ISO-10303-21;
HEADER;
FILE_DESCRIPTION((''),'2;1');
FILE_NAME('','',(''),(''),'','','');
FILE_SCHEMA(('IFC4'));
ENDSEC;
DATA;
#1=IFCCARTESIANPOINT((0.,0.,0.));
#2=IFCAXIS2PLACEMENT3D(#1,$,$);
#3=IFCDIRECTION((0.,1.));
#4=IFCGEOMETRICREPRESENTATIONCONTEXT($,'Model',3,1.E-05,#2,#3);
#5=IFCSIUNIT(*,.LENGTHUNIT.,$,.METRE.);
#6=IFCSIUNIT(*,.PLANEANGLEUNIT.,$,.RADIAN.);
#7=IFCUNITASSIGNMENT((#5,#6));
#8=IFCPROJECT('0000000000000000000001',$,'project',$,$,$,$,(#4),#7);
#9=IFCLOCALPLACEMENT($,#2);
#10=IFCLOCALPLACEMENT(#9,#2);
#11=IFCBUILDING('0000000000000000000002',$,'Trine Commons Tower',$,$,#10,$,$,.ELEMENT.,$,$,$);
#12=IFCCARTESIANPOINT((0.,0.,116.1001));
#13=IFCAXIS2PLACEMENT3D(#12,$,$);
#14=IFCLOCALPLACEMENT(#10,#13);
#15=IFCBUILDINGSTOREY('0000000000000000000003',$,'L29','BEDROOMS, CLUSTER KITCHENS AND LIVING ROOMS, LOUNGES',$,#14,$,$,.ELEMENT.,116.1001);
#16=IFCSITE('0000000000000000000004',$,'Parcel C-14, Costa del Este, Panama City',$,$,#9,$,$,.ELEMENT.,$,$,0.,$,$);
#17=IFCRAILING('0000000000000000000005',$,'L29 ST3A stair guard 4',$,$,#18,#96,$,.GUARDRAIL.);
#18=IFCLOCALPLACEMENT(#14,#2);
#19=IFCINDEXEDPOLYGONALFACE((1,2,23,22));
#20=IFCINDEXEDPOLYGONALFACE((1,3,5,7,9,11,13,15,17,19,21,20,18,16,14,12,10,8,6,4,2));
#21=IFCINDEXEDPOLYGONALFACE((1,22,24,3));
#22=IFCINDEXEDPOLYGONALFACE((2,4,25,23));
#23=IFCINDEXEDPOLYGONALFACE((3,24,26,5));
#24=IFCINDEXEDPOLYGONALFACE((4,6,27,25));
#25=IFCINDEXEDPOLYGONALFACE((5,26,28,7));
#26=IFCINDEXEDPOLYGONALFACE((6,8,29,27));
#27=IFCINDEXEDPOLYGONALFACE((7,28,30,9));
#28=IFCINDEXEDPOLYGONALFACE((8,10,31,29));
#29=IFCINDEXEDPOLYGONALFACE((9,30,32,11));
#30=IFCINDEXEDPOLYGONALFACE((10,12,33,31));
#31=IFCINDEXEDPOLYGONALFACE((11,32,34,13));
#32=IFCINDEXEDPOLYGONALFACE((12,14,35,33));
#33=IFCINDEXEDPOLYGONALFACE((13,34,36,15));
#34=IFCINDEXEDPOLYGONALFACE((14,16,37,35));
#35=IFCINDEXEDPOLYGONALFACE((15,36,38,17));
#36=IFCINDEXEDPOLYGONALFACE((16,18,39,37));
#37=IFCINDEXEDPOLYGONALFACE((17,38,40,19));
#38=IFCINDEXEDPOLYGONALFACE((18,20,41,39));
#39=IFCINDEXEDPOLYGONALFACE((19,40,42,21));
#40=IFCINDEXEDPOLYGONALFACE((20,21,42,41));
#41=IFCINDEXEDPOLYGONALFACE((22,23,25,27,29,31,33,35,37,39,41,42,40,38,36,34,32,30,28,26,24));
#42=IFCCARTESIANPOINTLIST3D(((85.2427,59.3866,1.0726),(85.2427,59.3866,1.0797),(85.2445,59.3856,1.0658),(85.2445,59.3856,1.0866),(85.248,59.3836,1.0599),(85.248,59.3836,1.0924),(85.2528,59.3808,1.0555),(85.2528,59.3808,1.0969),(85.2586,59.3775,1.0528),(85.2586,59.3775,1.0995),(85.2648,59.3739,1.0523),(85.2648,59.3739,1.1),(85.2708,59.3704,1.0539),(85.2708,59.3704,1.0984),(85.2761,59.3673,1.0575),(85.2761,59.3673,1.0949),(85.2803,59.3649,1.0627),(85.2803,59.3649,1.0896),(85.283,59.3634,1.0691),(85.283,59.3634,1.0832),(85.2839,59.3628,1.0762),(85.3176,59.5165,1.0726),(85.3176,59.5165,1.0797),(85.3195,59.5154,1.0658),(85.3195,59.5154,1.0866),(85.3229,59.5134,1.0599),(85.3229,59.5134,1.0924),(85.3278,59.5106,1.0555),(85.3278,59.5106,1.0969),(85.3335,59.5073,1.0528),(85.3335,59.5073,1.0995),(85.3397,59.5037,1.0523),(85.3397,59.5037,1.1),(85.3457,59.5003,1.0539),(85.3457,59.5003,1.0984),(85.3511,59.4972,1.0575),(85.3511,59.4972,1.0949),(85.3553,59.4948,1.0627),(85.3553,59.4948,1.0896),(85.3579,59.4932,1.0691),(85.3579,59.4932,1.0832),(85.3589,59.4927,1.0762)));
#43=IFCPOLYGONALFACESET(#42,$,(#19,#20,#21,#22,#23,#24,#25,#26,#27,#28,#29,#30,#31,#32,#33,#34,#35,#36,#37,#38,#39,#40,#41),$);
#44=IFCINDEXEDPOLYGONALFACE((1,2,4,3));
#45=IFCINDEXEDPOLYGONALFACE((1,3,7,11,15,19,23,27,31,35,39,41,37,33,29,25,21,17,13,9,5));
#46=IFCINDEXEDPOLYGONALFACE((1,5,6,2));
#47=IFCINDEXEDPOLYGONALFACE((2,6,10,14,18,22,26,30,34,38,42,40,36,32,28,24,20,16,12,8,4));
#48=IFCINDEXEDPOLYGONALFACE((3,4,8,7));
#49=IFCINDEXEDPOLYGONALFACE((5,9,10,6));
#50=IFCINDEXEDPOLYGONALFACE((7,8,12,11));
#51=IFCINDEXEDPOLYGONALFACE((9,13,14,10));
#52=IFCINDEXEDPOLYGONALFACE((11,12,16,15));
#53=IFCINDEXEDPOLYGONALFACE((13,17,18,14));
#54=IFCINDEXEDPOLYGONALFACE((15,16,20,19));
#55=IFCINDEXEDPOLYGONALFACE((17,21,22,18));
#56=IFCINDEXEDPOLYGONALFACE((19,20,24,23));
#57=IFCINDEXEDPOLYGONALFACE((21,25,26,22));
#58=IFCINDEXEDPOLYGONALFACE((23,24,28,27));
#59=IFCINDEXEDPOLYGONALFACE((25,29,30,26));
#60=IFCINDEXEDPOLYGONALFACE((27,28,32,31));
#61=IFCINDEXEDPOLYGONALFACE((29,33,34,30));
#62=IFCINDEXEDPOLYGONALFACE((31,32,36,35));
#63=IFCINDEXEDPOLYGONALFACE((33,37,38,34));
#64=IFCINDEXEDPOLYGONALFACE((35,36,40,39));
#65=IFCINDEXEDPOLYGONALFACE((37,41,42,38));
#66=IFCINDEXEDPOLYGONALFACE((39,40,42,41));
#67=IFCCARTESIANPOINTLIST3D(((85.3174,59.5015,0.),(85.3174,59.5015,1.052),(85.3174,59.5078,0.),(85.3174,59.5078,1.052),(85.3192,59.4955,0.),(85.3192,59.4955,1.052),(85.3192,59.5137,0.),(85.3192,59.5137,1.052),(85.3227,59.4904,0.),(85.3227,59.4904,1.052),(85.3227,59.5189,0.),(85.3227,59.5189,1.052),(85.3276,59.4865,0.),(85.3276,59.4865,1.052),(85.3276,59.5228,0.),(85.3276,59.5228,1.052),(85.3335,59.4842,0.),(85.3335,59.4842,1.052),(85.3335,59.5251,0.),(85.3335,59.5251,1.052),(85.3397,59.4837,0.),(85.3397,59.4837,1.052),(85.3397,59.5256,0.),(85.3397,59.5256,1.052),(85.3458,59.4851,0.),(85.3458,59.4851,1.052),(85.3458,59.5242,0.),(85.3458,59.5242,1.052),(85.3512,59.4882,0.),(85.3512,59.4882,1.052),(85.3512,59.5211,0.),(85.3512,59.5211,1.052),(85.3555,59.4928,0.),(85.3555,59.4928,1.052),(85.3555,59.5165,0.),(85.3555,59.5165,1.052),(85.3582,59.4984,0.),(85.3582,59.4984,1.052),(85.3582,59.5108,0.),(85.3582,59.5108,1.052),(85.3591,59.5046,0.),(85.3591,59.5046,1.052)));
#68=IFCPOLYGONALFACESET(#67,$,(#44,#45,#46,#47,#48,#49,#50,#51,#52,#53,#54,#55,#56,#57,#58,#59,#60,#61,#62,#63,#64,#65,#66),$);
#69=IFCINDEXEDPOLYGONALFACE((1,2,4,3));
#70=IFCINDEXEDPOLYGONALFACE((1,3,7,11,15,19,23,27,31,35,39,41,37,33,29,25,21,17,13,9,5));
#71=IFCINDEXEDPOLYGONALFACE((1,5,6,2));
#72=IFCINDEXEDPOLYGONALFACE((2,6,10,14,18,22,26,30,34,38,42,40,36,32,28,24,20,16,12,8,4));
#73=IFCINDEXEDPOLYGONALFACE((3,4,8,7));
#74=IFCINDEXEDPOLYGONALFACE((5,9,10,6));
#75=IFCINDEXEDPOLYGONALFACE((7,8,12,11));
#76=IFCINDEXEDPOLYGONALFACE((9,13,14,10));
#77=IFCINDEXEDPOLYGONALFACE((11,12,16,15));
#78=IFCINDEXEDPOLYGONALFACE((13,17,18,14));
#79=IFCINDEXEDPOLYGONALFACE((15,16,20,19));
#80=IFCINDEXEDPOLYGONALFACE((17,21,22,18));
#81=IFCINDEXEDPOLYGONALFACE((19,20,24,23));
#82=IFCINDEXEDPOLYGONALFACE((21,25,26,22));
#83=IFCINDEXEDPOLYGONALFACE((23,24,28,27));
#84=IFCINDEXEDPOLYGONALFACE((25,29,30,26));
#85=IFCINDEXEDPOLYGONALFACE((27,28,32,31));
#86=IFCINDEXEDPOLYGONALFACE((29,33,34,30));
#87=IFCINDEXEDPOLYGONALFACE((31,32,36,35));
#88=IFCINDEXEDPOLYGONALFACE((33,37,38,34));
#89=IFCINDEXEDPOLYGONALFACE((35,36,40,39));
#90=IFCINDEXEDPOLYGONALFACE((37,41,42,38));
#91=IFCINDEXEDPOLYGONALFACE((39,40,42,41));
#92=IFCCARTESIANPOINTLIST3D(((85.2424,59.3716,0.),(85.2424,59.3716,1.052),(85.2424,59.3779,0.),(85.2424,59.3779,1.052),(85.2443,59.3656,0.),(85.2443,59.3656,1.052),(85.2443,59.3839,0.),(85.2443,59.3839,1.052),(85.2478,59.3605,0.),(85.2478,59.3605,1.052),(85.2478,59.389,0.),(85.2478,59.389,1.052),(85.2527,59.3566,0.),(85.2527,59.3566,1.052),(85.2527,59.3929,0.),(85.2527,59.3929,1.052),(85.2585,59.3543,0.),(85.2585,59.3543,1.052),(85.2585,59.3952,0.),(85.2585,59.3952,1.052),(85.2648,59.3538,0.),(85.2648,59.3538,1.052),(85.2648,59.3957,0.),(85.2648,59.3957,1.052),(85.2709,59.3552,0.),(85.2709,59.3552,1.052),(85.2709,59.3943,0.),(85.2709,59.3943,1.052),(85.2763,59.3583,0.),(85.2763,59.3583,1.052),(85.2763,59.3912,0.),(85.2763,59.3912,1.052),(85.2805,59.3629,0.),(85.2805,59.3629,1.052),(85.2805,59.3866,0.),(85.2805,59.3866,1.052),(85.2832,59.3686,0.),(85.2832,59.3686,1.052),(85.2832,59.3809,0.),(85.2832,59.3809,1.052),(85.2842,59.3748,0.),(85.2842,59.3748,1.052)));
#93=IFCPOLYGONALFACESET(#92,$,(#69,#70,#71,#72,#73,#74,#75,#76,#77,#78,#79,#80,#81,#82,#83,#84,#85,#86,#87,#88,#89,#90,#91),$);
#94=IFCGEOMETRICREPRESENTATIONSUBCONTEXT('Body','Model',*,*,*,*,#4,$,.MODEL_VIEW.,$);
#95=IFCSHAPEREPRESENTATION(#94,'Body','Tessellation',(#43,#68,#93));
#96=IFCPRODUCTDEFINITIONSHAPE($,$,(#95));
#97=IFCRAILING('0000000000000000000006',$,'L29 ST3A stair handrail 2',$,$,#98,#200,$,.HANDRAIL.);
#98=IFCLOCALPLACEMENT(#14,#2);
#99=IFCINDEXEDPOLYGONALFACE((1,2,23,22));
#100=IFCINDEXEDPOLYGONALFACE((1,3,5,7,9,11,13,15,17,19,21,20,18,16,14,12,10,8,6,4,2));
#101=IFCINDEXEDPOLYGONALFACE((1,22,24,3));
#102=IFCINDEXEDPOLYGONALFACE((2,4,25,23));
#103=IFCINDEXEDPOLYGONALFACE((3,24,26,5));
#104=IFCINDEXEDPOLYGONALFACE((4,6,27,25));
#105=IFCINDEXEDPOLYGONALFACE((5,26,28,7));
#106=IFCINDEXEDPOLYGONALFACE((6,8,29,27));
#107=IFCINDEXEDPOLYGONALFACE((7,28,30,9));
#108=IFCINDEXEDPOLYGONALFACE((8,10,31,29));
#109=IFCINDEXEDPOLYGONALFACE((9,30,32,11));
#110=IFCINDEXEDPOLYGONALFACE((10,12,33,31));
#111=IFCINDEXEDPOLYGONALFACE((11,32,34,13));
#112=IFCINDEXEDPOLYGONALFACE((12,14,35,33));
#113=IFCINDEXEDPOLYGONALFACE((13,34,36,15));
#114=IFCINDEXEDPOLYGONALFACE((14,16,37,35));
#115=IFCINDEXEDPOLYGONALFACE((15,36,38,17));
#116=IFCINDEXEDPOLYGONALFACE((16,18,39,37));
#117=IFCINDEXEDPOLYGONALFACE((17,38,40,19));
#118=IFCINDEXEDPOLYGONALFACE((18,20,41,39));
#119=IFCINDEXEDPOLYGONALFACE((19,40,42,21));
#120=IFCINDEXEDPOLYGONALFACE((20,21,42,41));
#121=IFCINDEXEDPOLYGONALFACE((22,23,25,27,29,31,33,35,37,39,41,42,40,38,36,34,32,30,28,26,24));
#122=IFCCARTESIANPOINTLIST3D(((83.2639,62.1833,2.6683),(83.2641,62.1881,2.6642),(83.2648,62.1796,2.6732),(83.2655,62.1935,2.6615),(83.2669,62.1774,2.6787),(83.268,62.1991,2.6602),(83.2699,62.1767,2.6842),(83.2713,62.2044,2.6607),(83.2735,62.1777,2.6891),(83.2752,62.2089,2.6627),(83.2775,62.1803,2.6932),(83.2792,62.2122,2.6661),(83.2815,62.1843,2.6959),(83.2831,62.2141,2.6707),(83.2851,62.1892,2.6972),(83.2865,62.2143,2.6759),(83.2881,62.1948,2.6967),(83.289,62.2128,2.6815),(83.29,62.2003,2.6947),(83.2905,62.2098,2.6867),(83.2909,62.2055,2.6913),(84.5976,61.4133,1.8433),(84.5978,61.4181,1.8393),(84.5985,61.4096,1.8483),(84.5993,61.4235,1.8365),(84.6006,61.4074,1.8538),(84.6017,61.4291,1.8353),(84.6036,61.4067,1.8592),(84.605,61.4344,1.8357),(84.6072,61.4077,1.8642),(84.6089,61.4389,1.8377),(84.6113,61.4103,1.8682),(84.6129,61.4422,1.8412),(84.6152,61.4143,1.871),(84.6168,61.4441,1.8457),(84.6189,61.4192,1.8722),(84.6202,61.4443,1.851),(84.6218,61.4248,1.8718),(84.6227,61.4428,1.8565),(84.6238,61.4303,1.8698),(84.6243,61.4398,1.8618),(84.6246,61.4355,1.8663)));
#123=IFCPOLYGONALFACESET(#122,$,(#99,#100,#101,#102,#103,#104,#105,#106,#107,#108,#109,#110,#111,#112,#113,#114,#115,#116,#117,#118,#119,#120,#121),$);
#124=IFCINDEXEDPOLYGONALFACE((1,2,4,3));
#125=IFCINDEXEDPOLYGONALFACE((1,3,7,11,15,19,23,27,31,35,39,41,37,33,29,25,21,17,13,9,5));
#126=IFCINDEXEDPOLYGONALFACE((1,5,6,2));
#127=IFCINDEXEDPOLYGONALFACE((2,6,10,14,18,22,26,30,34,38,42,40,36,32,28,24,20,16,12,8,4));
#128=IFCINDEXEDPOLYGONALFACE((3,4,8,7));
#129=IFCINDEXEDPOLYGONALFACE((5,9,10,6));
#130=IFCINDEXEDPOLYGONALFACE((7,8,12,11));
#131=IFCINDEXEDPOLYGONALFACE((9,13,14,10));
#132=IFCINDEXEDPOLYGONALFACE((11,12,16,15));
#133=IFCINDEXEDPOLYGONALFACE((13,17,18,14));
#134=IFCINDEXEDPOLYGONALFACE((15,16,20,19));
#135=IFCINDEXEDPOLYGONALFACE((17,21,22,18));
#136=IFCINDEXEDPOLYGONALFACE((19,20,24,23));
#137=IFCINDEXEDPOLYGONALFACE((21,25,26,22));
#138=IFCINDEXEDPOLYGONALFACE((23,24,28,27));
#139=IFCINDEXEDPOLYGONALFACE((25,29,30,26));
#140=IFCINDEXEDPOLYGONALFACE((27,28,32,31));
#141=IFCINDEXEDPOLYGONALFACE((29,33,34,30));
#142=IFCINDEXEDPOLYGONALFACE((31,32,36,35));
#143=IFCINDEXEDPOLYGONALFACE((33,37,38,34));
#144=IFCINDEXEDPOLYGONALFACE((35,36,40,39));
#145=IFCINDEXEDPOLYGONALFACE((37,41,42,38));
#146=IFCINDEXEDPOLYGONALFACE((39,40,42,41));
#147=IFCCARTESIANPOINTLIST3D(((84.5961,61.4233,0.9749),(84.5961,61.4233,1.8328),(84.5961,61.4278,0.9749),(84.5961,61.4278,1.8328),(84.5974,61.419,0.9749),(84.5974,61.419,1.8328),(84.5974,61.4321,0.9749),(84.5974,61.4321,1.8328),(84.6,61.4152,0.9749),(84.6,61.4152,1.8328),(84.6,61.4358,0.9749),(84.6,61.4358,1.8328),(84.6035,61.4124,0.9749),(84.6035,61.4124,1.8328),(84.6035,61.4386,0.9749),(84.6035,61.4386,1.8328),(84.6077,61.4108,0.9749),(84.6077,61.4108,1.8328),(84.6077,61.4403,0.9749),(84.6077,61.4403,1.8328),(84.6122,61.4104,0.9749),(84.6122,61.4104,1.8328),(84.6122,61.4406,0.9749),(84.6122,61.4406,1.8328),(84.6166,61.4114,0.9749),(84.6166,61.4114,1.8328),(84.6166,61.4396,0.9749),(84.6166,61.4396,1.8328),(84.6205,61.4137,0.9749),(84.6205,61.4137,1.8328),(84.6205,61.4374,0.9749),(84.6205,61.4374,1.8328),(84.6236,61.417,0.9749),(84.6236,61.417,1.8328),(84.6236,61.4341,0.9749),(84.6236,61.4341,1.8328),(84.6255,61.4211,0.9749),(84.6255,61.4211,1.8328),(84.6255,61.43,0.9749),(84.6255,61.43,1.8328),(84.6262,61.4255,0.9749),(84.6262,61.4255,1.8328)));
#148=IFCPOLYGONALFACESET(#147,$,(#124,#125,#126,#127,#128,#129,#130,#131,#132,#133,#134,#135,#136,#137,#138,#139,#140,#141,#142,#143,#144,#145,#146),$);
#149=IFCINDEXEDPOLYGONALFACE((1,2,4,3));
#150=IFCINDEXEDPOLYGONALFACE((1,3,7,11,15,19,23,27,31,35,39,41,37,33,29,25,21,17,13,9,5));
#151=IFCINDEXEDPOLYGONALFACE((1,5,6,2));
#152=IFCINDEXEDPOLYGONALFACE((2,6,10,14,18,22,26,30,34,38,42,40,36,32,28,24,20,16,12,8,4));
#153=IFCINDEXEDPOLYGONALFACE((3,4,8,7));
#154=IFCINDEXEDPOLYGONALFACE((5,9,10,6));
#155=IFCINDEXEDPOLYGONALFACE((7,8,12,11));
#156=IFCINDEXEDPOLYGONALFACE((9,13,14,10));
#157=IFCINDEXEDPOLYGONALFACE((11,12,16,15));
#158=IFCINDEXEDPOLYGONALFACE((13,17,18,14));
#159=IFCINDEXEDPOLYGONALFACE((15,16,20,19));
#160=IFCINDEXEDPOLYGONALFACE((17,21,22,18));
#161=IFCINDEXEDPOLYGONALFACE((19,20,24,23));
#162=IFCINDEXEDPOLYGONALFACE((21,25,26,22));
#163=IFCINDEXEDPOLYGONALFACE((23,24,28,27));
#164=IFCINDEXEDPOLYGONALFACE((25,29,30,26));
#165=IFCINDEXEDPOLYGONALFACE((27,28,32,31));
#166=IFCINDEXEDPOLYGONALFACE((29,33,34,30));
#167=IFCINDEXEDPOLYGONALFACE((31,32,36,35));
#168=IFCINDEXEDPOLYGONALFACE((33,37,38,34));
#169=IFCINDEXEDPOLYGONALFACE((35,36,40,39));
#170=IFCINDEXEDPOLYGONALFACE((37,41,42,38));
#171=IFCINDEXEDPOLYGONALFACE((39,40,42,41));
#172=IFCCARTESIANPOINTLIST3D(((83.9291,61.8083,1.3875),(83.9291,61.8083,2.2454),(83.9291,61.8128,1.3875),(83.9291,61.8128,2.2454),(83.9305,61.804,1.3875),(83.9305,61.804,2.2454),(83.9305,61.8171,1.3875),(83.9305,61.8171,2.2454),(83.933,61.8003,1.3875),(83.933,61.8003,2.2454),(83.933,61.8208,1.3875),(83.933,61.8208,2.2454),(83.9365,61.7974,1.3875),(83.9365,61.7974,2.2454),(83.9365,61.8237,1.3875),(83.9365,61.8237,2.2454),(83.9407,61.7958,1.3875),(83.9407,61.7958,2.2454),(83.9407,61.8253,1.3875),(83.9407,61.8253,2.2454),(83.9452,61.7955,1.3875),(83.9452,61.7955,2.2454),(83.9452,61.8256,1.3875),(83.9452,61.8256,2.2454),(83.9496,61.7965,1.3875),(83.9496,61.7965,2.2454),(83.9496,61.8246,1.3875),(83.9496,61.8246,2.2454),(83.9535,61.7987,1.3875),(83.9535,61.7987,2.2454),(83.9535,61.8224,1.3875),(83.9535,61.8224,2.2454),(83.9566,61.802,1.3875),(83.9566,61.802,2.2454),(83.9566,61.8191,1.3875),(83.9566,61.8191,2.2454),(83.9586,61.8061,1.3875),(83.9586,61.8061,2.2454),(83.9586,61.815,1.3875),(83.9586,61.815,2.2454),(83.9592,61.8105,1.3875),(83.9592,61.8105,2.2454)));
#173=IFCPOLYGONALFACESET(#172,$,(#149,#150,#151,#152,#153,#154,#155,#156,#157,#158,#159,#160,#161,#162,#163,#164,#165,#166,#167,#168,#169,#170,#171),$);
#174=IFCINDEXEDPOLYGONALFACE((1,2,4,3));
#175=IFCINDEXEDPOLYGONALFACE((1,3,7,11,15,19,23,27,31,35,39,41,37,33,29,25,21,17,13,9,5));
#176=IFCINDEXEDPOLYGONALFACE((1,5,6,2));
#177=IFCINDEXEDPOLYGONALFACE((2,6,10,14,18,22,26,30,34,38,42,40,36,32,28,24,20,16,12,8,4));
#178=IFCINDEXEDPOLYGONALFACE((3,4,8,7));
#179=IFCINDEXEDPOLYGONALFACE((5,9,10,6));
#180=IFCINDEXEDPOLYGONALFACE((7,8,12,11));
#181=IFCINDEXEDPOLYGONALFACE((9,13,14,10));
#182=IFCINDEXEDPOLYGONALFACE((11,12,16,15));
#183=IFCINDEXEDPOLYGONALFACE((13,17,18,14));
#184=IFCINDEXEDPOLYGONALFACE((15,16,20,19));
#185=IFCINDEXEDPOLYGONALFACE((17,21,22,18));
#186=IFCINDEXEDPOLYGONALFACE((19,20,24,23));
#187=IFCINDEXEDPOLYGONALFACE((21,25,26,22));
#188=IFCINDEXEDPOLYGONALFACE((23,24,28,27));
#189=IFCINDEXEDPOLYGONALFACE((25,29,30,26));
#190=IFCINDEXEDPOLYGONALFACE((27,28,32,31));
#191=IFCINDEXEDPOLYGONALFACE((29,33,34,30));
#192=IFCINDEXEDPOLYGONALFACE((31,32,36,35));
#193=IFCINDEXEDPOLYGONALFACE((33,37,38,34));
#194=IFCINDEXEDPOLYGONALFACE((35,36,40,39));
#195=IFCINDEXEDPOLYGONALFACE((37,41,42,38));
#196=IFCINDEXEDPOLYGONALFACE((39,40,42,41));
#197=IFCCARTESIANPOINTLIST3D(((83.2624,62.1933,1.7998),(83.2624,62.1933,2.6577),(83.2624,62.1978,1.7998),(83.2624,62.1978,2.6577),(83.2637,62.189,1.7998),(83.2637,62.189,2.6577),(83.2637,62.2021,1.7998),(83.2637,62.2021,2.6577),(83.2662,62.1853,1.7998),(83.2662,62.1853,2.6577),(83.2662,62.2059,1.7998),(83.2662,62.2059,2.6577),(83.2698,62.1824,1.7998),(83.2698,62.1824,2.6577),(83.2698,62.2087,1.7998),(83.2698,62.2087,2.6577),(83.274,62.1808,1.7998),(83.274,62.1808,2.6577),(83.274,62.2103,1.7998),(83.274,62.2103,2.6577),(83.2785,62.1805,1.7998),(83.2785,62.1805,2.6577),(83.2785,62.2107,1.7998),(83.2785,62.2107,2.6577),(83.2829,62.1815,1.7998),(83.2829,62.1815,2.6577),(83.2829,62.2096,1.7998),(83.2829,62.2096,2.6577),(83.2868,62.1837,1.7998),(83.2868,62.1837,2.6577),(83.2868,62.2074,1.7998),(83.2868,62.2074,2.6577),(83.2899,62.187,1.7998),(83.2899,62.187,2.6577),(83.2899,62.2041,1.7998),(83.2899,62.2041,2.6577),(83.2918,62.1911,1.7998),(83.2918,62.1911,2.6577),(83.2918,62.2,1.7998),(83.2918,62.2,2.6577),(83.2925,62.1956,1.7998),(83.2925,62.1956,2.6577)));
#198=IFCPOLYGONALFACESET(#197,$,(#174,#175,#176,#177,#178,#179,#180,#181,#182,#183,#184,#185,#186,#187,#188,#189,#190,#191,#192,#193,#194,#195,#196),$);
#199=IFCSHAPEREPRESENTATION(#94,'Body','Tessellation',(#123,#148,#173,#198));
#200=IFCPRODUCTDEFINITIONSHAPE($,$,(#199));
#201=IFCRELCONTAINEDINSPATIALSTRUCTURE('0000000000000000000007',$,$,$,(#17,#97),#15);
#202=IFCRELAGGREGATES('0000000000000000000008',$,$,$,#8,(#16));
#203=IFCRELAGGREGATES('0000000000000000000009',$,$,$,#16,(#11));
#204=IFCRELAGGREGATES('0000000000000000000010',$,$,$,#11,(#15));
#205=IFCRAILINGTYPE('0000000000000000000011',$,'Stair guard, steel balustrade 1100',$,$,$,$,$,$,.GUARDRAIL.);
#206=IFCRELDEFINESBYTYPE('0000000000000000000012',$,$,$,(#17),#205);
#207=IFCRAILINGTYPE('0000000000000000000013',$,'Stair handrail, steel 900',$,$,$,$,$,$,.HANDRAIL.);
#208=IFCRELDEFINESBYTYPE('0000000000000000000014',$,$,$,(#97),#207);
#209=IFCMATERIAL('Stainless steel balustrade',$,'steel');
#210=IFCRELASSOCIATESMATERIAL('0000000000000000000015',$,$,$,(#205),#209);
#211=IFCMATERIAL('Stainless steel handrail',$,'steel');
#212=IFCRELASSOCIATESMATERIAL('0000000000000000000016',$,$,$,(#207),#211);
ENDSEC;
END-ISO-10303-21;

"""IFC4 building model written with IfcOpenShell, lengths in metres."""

from ifc_helpers import new_model, si_unit, direction, frame, origin, origin_2d, place, context, subcontext, project, spatial, circle, extrude, material, type_object, element, save


model = new_model("IFC4")

# Units and contexts
model_context = context("Model", 3, precision=1e-05, world=origin(), true_north=direction((0.0, 1.0)))
body_context = subcontext(model_context, "Body", "Model", "MODEL_VIEW")
ifc_project = project(units=[si_unit("LENGTHUNIT", "METRE"), si_unit("PLANEANGLEUNIT", "RADIAN")], contexts=[model_context])

# Site, building, storey
site_placement = place(None, origin())
site = spatial("IfcSite", under=ifc_project, at=site_placement, Name="Parcel C-14, Costa del Este, Panama City", CompositionType="ELEMENT", RefElevation=0.0)
building_placement = place(site_placement, origin())
building = spatial("IfcBuilding", under=site, at=building_placement, Name="Trine Commons Tower", CompositionType="ELEMENT")
storey_placement = place(building_placement, frame((0.0, 0.0, 116.1001)))
storey = spatial("IfcBuildingStorey", under=building, at=storey_placement, Name="L29", Description="BEDROOMS, CLUSTER KITCHENS AND LIVING ROOMS, LOUNGES", CompositionType="ELEMENT", Elevation=116.1001)

# Railings
ifc_material_1 = material(Name="Stainless steel balustrade", Category="steel")
railing_type_1 = type_object("IfcRailingType", Name="Stair guard, steel balustrade 1100", PredefinedType="GUARDRAIL", material=ifc_material_1)
railing_1_placement = place(storey_placement, frame((85.3381, 59.5046, 0.0)))
element("IfcRailing", 1, at=railing_1_placement, inside=storey, type_object=railing_type_1, Name="L29 ST3A stair guard 4", PredefinedType="GUARDRAIL", context=body_context, shape_type="SweptSolid", body=[
    extrude(circle(Radius=0.0239, at=origin_2d()), frame((0.0, 0.0, 1.0762), z_axis=(-0.499816, -0.866131, 0.0), x_axis=(0.866131, -0.499816, 0.0)), (0.0, 0.0, 1.0), 0.1499),
    extrude(circle(Radius=0.021, at=origin_2d()), origin(), (0.0, 0.0, 1.0), 1.052),
    extrude(circle(Radius=0.021, at=origin_2d()), frame((-0.075, -0.1299, 0.0)), (0.0, 0.0, 1.0), 1.052),
])
ifc_material_2 = material(Name="Stainless steel handrail", Category="steel")
railing_type_2 = type_object("IfcRailingType", Name="Stair handrail, steel 900", PredefinedType="HANDRAIL", material=ifc_material_2)
railing_2_placement = place(storey_placement, frame((84.6111, 61.4255, 0.9749)))
element("IfcRailing", 2, at=railing_2_placement, inside=storey, type_object=railing_type_2, Name="L29 ST3A stair handrail 2", PredefinedType="HANDRAIL", context=body_context, shape_type="SweptSolid", body=[
    extrude(circle(Radius=0.021, at=origin_2d()), frame((0.0, 0.0, 0.8789), z_axis=(-0.763405, 0.440743, 0.472185), x_axis=(-0.499992, -0.86603, 0.0)), (0.0, 0.0, 1.0), 1.7471),
    extrude(circle(Radius=0.0151, at=origin_2d()), origin(), (0.0, 0.0, 1.0), 0.8579),
    extrude(circle(Radius=0.0151, at=origin_2d()), frame((-0.667, 0.385, 0.4126)), (0.0, 0.0, 1.0), 0.8579),
    extrude(circle(Radius=0.0151, at=origin_2d()), frame((-1.3337, 0.77, 0.825)), (0.0, 0.0, 1.0), 0.8579),
])

save(model, "model.ifc")
